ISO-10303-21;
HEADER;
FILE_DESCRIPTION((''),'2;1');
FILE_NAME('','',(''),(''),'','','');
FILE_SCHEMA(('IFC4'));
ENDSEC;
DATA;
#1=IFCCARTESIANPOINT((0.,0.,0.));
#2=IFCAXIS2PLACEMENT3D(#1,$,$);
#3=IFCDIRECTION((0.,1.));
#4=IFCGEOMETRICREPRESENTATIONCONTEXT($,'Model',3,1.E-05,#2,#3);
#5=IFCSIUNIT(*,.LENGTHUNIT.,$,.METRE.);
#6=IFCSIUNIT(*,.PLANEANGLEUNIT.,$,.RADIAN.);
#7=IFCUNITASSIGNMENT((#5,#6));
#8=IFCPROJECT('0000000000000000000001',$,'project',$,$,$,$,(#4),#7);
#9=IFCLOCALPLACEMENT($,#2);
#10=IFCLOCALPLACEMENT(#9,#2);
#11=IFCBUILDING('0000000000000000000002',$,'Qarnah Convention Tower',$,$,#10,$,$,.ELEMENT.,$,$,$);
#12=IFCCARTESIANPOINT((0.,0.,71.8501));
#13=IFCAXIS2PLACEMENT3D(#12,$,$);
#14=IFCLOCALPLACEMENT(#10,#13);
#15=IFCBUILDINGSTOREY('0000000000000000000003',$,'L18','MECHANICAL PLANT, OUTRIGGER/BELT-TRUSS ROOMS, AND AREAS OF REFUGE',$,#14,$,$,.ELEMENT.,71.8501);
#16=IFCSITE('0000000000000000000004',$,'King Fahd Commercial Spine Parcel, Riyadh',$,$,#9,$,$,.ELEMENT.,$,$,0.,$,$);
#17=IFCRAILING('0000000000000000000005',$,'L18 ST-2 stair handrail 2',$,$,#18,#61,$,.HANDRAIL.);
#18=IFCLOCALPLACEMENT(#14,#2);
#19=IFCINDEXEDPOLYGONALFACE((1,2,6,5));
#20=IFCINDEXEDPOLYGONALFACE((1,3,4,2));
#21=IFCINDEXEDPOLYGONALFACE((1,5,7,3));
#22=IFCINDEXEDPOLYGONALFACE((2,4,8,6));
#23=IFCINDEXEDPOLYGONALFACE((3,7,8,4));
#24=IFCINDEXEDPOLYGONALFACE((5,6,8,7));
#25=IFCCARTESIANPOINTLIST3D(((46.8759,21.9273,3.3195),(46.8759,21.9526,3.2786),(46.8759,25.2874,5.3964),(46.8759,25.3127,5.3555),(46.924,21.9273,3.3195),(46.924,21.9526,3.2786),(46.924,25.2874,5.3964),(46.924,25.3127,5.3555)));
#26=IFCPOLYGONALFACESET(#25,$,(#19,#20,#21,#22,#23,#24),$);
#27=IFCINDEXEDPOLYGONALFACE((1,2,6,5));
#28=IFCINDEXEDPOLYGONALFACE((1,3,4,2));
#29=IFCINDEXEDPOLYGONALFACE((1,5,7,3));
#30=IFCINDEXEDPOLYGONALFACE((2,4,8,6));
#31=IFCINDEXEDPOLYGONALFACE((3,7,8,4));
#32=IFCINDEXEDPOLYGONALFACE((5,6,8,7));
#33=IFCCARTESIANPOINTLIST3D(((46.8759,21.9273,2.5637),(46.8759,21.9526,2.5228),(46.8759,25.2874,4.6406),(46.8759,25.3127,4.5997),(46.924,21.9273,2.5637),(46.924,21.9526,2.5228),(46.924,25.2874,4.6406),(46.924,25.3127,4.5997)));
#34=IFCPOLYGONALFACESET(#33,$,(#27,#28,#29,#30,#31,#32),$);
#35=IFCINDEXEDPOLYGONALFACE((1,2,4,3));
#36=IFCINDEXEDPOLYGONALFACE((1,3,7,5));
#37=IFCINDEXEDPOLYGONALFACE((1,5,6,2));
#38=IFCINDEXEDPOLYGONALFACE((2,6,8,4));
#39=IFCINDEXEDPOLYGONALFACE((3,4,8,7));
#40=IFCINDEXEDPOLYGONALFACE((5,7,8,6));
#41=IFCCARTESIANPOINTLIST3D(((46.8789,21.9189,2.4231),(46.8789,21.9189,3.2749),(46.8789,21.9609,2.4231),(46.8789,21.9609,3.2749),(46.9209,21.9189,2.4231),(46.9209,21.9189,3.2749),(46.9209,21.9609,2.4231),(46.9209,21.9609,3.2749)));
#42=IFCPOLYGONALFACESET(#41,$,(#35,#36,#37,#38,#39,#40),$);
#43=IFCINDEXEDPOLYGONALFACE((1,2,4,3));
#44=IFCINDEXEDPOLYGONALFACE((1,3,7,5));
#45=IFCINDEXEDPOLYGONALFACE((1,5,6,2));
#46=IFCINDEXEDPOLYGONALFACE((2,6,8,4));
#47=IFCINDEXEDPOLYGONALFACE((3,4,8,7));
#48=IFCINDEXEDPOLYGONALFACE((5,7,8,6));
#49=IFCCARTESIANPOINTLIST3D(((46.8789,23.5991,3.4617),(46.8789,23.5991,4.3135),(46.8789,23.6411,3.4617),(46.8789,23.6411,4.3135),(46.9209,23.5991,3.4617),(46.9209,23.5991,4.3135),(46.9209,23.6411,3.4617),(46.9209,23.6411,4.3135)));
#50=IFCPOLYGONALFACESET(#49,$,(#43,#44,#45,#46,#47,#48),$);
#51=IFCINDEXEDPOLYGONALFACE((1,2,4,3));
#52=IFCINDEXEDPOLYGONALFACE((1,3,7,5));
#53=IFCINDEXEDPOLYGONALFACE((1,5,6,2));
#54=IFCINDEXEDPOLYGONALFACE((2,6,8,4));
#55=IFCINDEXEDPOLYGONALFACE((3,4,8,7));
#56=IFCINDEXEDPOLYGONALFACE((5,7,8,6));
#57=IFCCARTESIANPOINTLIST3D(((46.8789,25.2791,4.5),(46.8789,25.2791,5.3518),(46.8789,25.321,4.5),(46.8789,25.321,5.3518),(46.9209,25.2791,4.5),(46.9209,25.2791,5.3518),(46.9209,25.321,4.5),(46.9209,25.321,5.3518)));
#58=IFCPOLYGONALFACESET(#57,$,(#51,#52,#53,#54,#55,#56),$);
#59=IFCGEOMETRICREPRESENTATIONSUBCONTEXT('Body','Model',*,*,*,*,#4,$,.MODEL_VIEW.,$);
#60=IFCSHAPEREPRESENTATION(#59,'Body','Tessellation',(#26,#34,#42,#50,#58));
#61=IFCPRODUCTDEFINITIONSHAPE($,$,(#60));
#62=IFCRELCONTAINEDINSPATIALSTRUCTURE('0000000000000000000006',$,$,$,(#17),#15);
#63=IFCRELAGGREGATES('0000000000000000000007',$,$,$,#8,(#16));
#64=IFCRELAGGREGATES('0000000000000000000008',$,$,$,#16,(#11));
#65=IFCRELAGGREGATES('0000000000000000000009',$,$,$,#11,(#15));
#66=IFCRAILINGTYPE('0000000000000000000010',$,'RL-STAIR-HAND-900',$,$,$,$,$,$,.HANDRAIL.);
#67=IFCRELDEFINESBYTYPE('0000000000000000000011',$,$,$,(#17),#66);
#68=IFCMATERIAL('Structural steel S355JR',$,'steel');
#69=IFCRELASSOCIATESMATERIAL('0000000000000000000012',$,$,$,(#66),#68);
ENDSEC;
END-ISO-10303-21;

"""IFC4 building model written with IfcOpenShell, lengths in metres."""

from ifc_helpers import new_model, si_unit, direction, frame, origin, origin_2d, place, context, subcontext, project, spatial, rectangle, extrude, material, type_object, element, save


model = new_model("IFC4")

# Units and contexts
model_context = context("Model", 3, precision=1e-05, world=origin(), true_north=direction((0.0, 1.0)))
body_context = subcontext(model_context, "Body", "Model", "MODEL_VIEW")
ifc_project = project(units=[si_unit("LENGTHUNIT", "METRE"), si_unit("PLANEANGLEUNIT", "RADIAN")], contexts=[model_context])

# Site, building, storey
site_placement = place(None, origin())
site = spatial("IfcSite", under=ifc_project, at=site_placement, Name="King Fahd Commercial Spine Parcel, Riyadh", CompositionType="ELEMENT", RefElevation=0.0)
building_placement = place(site_placement, origin())
building = spatial("IfcBuilding", under=site, at=building_placement, Name="Qarnah Convention Tower", CompositionType="ELEMENT")
storey_placement = place(building_placement, frame((0.0, 0.0, 71.8501)))
storey = spatial("IfcBuildingStorey", under=building, at=storey_placement, Name="L18", Description="MECHANICAL PLANT, OUTRIGGER/BELT-TRUSS ROOMS, AND AREAS OF REFUGE", CompositionType="ELEMENT", Elevation=71.8501)

# Shared definitions
ifc_material_1 = material(Name="Structural steel S355JR", Category="steel")

# Railing
railing_type_1 = type_object("IfcRailingType", Name="RL-STAIR-HAND-900", PredefinedType="HANDRAIL", material=ifc_material_1)
railing_1_placement = place(storey_placement, frame((46.8999, 21.9399, 2.4231)))
element("IfcRailing", 1, at=railing_1_placement, inside=storey, type_object=railing_type_1, Name="L18 ST-2 stair handrail 2", PredefinedType="HANDRAIL", context=body_context, shape_type="SweptSolid", body=[
    extrude(rectangle(XDim=0.0481, YDim=0.0481, at=origin_2d()), frame((0.0, 0.0, 0.876), z_axis=(0.0, 0.850623, 0.525776), x_axis=(-1.0, 0.0, 0.0)), (0.0, 0.0, 1.0), 3.9502),
    extrude(rectangle(XDim=0.0481, YDim=0.0481, at=origin_2d()), frame((0.0, 0.0, 0.1201), z_axis=(0.0, 0.850623, 0.525776), x_axis=(-1.0, 0.0, 0.0)), (0.0, 0.0, 1.0), 3.9502),
    extrude(rectangle(XDim=0.042, YDim=0.042, at=origin_2d()), origin(), (0.0, 0.0, 1.0), 0.8518),
    extrude(rectangle(XDim=0.042, YDim=0.042, at=origin_2d()), frame((0.0, 1.6802, 1.0386)), (0.0, 0.0, 1.0), 0.8518),
    extrude(rectangle(XDim=0.042, YDim=0.042, at=origin_2d()), frame((0.0, 3.3601, 2.0769)), (0.0, 0.0, 1.0), 0.8518),
])

save(model, "model.ifc")
